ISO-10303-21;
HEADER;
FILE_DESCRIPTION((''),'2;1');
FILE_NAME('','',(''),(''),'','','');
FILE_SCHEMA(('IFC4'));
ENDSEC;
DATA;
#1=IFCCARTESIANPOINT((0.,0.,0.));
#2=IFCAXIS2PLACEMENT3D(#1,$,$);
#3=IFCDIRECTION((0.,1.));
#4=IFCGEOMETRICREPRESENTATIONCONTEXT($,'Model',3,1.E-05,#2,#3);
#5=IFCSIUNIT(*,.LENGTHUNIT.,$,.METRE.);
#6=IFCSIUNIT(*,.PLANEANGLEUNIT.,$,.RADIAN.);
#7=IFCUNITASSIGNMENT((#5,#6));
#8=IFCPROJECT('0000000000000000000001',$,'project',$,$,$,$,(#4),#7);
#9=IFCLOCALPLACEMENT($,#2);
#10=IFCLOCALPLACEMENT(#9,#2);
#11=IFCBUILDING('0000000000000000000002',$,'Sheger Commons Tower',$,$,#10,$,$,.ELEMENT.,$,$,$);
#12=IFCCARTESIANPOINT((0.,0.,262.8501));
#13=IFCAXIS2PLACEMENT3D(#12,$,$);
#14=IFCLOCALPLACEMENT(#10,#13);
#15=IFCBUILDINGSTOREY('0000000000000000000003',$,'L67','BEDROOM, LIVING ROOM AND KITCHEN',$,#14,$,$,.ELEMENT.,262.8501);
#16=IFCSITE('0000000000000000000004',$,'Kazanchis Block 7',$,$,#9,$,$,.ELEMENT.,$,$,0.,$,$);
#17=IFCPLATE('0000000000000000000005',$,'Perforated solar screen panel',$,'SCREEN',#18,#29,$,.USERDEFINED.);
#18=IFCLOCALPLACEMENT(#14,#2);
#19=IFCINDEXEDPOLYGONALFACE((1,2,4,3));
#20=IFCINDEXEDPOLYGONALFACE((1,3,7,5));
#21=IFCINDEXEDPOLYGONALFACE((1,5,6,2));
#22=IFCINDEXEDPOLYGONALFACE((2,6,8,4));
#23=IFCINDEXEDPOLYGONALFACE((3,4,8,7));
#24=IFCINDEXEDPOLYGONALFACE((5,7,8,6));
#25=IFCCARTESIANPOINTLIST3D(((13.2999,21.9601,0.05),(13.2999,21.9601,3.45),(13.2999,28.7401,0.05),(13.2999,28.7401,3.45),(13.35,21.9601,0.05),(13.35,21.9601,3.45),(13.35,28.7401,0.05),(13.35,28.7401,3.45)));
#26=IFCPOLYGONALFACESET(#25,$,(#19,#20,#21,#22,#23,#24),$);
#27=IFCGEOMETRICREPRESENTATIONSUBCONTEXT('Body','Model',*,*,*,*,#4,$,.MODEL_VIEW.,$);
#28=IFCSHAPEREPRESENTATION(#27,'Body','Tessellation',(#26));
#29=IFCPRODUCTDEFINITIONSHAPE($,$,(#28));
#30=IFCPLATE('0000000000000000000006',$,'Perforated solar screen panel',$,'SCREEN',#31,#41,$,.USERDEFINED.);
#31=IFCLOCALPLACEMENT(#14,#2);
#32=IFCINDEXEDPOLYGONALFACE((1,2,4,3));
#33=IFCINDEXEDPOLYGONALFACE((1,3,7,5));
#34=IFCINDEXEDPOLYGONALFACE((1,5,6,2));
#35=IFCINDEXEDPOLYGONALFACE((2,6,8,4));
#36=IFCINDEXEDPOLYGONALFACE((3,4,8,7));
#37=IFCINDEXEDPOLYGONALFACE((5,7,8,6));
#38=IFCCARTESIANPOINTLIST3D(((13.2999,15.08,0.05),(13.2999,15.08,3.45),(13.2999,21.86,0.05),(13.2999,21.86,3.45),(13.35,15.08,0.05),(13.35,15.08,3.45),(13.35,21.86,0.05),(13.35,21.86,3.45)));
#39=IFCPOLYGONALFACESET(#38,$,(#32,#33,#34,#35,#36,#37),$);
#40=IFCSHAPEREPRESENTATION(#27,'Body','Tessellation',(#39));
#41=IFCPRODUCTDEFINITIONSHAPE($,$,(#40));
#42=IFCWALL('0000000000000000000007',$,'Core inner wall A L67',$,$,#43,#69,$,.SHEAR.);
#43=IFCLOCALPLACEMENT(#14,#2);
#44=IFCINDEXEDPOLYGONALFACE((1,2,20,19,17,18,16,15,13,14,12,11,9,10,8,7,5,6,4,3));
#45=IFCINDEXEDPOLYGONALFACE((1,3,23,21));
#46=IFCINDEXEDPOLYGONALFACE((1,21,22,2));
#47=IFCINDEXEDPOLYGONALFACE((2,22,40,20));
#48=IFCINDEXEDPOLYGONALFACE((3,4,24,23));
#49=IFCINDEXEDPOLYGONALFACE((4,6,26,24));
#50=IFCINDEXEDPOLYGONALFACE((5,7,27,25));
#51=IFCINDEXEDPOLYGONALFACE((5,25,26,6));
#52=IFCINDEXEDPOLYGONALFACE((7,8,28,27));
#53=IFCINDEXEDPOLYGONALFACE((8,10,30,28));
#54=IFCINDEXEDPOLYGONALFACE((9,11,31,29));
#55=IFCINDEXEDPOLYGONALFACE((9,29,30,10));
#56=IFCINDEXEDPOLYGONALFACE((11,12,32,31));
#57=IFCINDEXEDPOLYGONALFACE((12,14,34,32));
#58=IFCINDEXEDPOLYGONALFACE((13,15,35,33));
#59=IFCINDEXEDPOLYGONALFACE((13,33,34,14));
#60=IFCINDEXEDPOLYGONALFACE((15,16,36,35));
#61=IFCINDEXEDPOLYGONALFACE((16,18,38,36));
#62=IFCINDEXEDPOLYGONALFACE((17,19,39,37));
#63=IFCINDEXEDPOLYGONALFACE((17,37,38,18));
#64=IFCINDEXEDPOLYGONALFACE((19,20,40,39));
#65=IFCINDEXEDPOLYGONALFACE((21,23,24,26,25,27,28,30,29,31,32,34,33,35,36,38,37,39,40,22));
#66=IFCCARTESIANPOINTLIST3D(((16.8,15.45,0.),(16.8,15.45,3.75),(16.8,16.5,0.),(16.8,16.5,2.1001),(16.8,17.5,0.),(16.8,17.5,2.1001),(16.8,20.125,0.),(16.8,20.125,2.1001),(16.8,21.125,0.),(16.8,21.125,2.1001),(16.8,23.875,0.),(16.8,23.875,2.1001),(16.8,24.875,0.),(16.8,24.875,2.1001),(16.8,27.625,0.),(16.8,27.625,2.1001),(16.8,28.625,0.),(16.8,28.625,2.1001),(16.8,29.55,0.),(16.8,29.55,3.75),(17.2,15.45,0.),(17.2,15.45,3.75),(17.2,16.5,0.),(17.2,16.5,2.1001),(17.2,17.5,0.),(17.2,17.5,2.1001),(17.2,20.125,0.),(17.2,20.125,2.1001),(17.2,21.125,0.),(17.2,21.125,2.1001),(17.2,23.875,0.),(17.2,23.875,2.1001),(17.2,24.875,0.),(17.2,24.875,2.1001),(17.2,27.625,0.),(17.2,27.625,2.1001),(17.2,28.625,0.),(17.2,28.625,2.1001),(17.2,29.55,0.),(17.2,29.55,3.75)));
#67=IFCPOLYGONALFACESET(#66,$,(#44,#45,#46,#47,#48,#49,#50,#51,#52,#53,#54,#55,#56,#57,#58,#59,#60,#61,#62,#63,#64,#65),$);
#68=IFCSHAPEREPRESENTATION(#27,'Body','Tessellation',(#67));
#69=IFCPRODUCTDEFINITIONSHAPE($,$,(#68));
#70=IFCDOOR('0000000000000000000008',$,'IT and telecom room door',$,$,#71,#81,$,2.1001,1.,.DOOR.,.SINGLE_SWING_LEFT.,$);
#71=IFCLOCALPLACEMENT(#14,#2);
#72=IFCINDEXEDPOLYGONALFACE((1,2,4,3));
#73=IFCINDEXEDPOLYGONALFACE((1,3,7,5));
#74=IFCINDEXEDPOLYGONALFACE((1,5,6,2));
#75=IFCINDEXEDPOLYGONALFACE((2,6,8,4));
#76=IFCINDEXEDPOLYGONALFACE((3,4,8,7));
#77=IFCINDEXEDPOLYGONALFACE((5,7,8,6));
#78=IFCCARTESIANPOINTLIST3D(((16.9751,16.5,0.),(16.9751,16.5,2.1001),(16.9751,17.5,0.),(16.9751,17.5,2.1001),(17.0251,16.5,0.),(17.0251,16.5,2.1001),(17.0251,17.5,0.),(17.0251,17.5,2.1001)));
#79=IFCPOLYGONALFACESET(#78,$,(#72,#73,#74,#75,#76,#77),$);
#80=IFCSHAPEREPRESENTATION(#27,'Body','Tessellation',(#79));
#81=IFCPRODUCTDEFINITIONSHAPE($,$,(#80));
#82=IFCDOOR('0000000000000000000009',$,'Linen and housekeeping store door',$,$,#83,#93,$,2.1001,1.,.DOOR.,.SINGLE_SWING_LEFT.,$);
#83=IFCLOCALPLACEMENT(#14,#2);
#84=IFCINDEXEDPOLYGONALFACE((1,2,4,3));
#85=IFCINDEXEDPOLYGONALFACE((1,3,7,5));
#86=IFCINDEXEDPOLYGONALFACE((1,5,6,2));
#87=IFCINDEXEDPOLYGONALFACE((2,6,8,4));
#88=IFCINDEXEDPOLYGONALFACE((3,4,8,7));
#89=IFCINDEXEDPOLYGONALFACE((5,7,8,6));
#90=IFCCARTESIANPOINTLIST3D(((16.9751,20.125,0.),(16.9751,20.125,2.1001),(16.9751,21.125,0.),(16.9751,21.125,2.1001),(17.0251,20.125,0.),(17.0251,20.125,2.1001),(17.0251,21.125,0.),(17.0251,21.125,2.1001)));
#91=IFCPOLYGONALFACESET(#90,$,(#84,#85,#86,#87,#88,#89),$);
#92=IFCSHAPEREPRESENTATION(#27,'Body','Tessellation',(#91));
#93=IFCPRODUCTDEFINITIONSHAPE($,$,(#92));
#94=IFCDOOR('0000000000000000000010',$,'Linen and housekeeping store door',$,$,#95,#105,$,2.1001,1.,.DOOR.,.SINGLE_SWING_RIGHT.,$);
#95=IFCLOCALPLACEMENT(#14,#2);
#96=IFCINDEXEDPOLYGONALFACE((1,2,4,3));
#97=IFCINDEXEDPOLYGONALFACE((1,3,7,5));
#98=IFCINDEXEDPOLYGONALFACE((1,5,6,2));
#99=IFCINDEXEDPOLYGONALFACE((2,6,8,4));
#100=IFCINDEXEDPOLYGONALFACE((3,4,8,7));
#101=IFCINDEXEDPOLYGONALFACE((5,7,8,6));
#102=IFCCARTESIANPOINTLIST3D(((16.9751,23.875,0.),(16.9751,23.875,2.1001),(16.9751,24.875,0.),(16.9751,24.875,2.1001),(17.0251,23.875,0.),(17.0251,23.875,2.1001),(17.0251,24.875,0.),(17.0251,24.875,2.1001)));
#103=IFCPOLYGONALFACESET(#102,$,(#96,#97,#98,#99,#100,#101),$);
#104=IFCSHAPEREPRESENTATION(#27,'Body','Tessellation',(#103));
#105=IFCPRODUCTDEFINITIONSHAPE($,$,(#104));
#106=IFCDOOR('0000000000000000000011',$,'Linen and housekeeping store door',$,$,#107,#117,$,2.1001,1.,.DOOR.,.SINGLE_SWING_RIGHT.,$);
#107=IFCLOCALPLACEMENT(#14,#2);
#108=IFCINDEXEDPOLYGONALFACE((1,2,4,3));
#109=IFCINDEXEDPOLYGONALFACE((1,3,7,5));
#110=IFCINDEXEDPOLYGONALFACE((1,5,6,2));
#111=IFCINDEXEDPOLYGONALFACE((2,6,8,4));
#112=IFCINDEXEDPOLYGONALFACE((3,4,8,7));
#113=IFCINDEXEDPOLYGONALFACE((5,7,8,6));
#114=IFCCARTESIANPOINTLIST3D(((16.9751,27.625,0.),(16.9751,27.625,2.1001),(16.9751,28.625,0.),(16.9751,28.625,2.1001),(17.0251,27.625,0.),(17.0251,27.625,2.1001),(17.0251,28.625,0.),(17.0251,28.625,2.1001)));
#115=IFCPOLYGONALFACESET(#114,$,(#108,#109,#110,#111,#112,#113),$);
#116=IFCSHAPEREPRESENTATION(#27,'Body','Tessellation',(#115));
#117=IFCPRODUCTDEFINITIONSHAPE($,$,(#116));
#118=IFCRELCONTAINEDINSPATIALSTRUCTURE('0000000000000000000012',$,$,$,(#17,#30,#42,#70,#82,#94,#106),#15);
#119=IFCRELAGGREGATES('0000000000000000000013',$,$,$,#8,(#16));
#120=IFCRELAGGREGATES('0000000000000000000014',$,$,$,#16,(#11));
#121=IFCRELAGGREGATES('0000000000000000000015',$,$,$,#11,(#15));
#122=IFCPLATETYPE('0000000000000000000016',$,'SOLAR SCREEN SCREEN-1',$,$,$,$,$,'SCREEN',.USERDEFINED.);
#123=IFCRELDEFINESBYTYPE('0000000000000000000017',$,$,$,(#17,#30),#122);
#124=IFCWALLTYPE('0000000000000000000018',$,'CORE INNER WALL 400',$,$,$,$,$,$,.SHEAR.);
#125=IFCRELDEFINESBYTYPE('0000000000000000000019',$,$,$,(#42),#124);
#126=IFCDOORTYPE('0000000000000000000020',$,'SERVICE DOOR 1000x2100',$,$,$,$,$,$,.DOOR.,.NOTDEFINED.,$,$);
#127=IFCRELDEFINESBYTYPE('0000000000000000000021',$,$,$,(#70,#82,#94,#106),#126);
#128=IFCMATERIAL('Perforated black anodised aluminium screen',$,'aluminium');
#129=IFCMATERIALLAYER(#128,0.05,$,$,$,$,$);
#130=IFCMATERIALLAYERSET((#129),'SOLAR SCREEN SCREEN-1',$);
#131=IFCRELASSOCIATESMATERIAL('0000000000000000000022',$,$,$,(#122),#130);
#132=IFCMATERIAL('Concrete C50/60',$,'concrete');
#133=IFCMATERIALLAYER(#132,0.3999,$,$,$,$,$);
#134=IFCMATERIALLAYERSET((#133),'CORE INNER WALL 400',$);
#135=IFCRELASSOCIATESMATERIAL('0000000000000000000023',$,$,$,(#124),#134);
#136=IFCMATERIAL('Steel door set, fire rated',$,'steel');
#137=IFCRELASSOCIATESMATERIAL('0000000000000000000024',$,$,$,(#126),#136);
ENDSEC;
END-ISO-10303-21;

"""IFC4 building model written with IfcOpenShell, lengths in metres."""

from ifc_helpers import new_model, si_unit, direction, frame, frame_2d, origin, origin_2d, place, context, subcontext, project, spatial, rectangle, extrude, material, layer, layer_set, type_object, element, fill, save


model = new_model("IFC4")

# Units and contexts
model_context = context("Model", 3, precision=1e-05, world=origin(), true_north=direction((0.0, 1.0)))
body_context = subcontext(model_context, "Body", "Model", "MODEL_VIEW")
ifc_project = project(units=[si_unit("LENGTHUNIT", "METRE"), si_unit("PLANEANGLEUNIT", "RADIAN")], contexts=[model_context])

# Site, building, storey
site_placement = place(None, origin())
site = spatial("IfcSite", under=ifc_project, at=site_placement, Name="Kazanchis Block 7", CompositionType="ELEMENT", RefElevation=0.0)
building_placement = place(site_placement, origin())
building = spatial("IfcBuilding", under=site, at=building_placement, Name="Sheger Commons Tower", CompositionType="ELEMENT")
storey_placement = place(building_placement, frame((0.0, 0.0, 262.8501)))
storey = spatial("IfcBuildingStorey", under=building, at=storey_placement, Name="L67", Description="BEDROOM, LIVING ROOM AND KITCHEN", CompositionType="ELEMENT", Elevation=262.8501)

# Plates
ifc_material_1 = material(Name="Perforated black anodised aluminium screen", Category="aluminium")
ifc_layer_1 = layer(ifc_material_1, 0.05)
ifc_layer_set_1 = layer_set([ifc_layer_1], Name="SOLAR SCREEN SCREEN-1")
plate_type = type_object("IfcPlateType", Name="SOLAR SCREEN SCREEN-1", ElementType="SCREEN", PredefinedType="USERDEFINED", material=ifc_layer_set_1)
for number, where, z_axis, x_axis, name in (
    (1, (13.325, 25.3501, 0.05), (0.0, 0.0, 1.0), (0.0, -1.0, 0.0), "Perforated solar screen panel"),
    (2, (13.325, 18.47, 0.05), (0.0, 0.0, 1.0), (0.0, -1.0, 0.0), "Perforated solar screen panel"),
):
    element("IfcPlate", number, at=place(storey_placement, frame(where, z_axis=z_axis, x_axis=x_axis)), inside=storey, type_object=plate_type, Name=name, ObjectType="SCREEN", PredefinedType="USERDEFINED", context=body_context, shape_type="SweptSolid", body=[
        extrude(rectangle(XDim=6.78, YDim=0.05, at=origin_2d()), origin(), (0.0, 0.0, 1.0), 3.3999),
    ])

# Wall, openings, doors
ifc_material_2 = material(Name="Concrete C50/60", Category="concrete")
ifc_layer_2 = layer(ifc_material_2, 0.3999)
ifc_layer_set_2 = layer_set([ifc_layer_2], Name="CORE INNER WALL 400")
wall_type_1 = type_object("IfcWallType", Name="CORE INNER WALL 400", PredefinedType="SHEAR", material=ifc_layer_set_2)
wall_1_placement = place(storey_placement, frame((17.0, 15.45, 0.0), z_axis=(0.0, 0.0, 1.0), x_axis=(0.0, 1.0, 0.0)))
wall_1 = element("IfcWall", 3, at=wall_1_placement, inside=storey, type_object=wall_type_1, Name="Core inner wall A L67", PredefinedType="SHEAR", context=body_context, shape_type="SweptSolid", body=[
    extrude(rectangle(XDim=14.1001, YDim=0.3999, at=frame_2d((7.05, 0.0))), origin(), (0.0, 0.0, 1.0), 3.75),
])
opening_1_placement = place(wall_1_placement, frame((1.05, 0.0, 0.0)))
opening_1 = element("IfcOpeningElement", 4, at=opening_1_placement, cuts=wall_1, PredefinedType="OPENING", context=body_context, shape_type="SweptSolid", body=[
    extrude(rectangle(XDim=1.0, YDim=2.1001, at=frame_2d((0.5, 1.05))), frame((0.0, 0.21, 0.0), z_axis=(0.0, -1.0, 0.0), x_axis=(1.0, 0.0, 0.0)), (0.0, 0.0, 1.0), 0.4199),
])
opening_2_placement = place(wall_1_placement, frame((4.675, 0.0, 0.0)))
opening_2 = element("IfcOpeningElement", 5, at=opening_2_placement, cuts=wall_1, PredefinedType="OPENING", context=body_context, shape_type="SweptSolid", body=[
    extrude(rectangle(XDim=1.0, YDim=2.1001, at=frame_2d((0.5, 1.05))), frame((0.0, 0.21, 0.0), z_axis=(0.0, -1.0, 0.0), x_axis=(1.0, 0.0, 0.0)), (0.0, 0.0, 1.0), 0.4199),
])
opening_3_placement = place(wall_1_placement, frame((8.425, 0.0, 0.0)))
opening_3 = element("IfcOpeningElement", 6, at=opening_3_placement, cuts=wall_1, PredefinedType="OPENING", context=body_context, shape_type="SweptSolid", body=[
    extrude(rectangle(XDim=1.0, YDim=2.1001, at=frame_2d((0.5, 1.05))), frame((0.0, 0.21, 0.0), z_axis=(0.0, -1.0, 0.0), x_axis=(1.0, 0.0, 0.0)), (0.0, 0.0, 1.0), 0.4199),
])
opening_4_placement = place(wall_1_placement, frame((12.175, 0.0, 0.0)))
opening_4 = element("IfcOpeningElement", 7, at=opening_4_placement, cuts=wall_1, PredefinedType="OPENING", context=body_context, shape_type="SweptSolid", body=[
    extrude(rectangle(XDim=1.0, YDim=2.1001, at=frame_2d((0.5, 1.05))), frame((0.0, 0.21, 0.0), z_axis=(0.0, -1.0, 0.0), x_axis=(1.0, 0.0, 0.0)), (0.0, 0.0, 1.0), 0.4199),
])
ifc_material_3 = material(Name="Steel door set, fire rated", Category="steel")
door_type_1 = type_object("IfcDoorType", Name="SERVICE DOOR 1000x2100", OperationType="NOTDEFINED", PredefinedType="DOOR", material=ifc_material_3)
door_1_placement = place(opening_1_placement, origin())
door_1 = element("IfcDoor", 8, at=door_1_placement, inside=storey, type_object=door_type_1, Name="IT and telecom room door", OperationType="SINGLE_SWING_LEFT", OverallHeight=2.1001, OverallWidth=1.0, PredefinedType="DOOR", context=body_context, shape_type="SweptSolid", body=[
    extrude(rectangle(XDim=1.0, YDim=2.1001, at=frame_2d((0.5, 1.05))), frame((0.0, 0.0249, 0.0), z_axis=(0.0, -1.0, 0.0), x_axis=(1.0, 0.0, 0.0)), (0.0, 0.0, 1.0), 0.05),
])
fill(opening_1, door_1)
door_2_placement = place(opening_2_placement, origin())
door_2 = element("IfcDoor", 9, at=door_2_placement, inside=storey, type_object=door_type_1, Name="Linen and housekeeping store door", OperationType="SINGLE_SWING_LEFT", OverallHeight=2.1001, OverallWidth=1.0, PredefinedType="DOOR", context=body_context, shape_type="SweptSolid", body=[
    extrude(rectangle(XDim=1.0, YDim=2.1001, at=frame_2d((0.5, 1.05))), frame((0.0, 0.0249, 0.0), z_axis=(0.0, -1.0, 0.0), x_axis=(1.0, 0.0, 0.0)), (0.0, 0.0, 1.0), 0.05),
])
fill(opening_2, door_2)
door_3_placement = place(opening_3_placement, origin())
door_3 = element("IfcDoor", 10, at=door_3_placement, inside=storey, type_object=door_type_1, Name="Linen and housekeeping store door", OperationType="SINGLE_SWING_RIGHT", OverallHeight=2.1001, OverallWidth=1.0, PredefinedType="DOOR", context=body_context, shape_type="SweptSolid", body=[
    extrude(rectangle(XDim=1.0, YDim=2.1001, at=frame_2d((0.5, 1.05))), frame((0.0, 0.0249, 0.0), z_axis=(0.0, -1.0, 0.0), x_axis=(1.0, 0.0, 0.0)), (0.0, 0.0, 1.0), 0.05),
])
fill(opening_3, door_3)
door_4_placement = place(opening_4_placement, origin())
door_4 = element("IfcDoor", 11, at=door_4_placement, inside=storey, type_object=door_type_1, Name="Linen and housekeeping store door", OperationType="SINGLE_SWING_RIGHT", OverallHeight=2.1001, OverallWidth=1.0, PredefinedType="DOOR", context=body_context, shape_type="SweptSolid", body=[
    extrude(rectangle(XDim=1.0, YDim=2.1001, at=frame_2d((0.5, 1.05))), frame((0.0, 0.0249, 0.0), z_axis=(0.0, -1.0, 0.0), x_axis=(1.0, 0.0, 0.0)), (0.0, 0.0, 1.0), 0.05),
])
fill(opening_4, door_4)

save(model, "model.ifc")
